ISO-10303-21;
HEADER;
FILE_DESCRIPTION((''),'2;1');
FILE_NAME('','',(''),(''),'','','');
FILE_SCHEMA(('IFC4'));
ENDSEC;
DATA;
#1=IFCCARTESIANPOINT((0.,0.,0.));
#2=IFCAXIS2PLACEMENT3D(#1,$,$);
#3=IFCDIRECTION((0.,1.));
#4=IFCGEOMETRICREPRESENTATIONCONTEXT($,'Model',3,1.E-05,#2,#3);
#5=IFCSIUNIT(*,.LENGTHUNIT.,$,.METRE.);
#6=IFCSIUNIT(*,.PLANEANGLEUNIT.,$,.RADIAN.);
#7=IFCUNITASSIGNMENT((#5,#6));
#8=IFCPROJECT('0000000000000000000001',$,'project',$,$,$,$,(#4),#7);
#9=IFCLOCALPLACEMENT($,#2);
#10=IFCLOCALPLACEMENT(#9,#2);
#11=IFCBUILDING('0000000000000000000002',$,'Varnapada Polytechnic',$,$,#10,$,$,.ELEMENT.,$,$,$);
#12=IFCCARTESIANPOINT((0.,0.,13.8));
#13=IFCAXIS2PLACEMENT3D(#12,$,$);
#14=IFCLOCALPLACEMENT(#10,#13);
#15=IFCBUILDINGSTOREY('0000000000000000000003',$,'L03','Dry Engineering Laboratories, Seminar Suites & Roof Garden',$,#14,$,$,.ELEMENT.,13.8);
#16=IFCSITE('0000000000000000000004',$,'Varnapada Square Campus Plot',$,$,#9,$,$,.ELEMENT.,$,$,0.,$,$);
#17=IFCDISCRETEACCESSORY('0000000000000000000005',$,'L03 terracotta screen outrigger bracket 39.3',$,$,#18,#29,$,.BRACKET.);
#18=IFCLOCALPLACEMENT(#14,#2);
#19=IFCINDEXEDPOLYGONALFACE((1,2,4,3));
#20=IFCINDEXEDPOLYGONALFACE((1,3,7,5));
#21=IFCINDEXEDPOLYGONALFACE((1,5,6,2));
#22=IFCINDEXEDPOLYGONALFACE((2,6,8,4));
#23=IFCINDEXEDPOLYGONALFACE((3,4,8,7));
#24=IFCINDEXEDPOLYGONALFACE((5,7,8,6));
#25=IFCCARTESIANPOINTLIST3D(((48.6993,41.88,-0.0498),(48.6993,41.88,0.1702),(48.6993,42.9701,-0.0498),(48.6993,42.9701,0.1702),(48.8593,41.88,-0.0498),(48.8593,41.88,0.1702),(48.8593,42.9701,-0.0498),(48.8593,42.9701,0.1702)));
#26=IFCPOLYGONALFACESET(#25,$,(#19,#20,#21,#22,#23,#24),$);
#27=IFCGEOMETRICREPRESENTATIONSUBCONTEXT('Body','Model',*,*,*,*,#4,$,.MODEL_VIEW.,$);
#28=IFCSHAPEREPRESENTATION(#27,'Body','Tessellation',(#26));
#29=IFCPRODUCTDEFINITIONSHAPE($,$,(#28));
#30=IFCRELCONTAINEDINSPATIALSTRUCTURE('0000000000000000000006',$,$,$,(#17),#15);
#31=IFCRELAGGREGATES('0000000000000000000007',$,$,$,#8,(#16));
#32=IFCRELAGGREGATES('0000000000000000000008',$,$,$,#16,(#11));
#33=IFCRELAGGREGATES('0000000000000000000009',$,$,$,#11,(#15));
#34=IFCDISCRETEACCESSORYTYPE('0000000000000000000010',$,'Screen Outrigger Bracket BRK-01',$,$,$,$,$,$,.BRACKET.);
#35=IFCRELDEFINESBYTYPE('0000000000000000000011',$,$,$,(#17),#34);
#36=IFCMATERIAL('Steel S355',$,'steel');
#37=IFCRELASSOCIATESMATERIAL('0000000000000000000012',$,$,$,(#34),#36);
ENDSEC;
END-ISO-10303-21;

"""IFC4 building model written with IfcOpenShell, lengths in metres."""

from ifc_helpers import new_model, si_unit, direction, frame, origin, origin_2d, place, context, subcontext, project, spatial, rectangle, extrude, material, type_object, element, save


model = new_model("IFC4")

# Units and contexts
model_context = context("Model", 3, precision=1e-05, world=origin(), true_north=direction((0.0, 1.0)))
body_context = subcontext(model_context, "Body", "Model", "MODEL_VIEW")
ifc_project = project(units=[si_unit("LENGTHUNIT", "METRE"), si_unit("PLANEANGLEUNIT", "RADIAN")], contexts=[model_context])

# Site, building, storey
site_placement = place(None, origin())
site = spatial("IfcSite", under=ifc_project, at=site_placement, Name="Varnapada Square Campus Plot", CompositionType="ELEMENT", RefElevation=0.0)
building_placement = place(site_placement, origin())
building = spatial("IfcBuilding", under=site, at=building_placement, Name="Varnapada Polytechnic", CompositionType="ELEMENT")
storey_placement = place(building_placement, frame((0.0, 0.0, 13.8)))
storey = spatial("IfcBuildingStorey", under=building, at=storey_placement, Name="L03", Description="Dry Engineering Laboratories, Seminar Suites & Roof Garden", CompositionType="ELEMENT", Elevation=13.8)

# Discrete accessory
ifc_material_1 = material(Name="Steel S355", Category="steel")
discrete_accessory_type = type_object("IfcDiscreteAccessoryType", Name="Screen Outrigger Bracket BRK-01", PredefinedType="BRACKET", material=ifc_material_1)
for number, where, z_axis, x_axis, name in (
    (1, (48.7793, 42.425, -0.0498), (0.0, 0.0, 1.0), (1.0, 0.0, 0.0), "L03 terracotta screen outrigger bracket 39.3"),
):
    element("IfcDiscreteAccessory", number, at=place(storey_placement, frame(where, z_axis=z_axis, x_axis=x_axis)), inside=storey, type_object=discrete_accessory_type, Name=name, PredefinedType="BRACKET", context=body_context, shape_type="SweptSolid", body=[
        extrude(rectangle(XDim=0.1599, YDim=1.0901, at=origin_2d()), origin(), (0.0, 0.0, 1.0), 0.22),
    ])

save(model, "model.ifc")
